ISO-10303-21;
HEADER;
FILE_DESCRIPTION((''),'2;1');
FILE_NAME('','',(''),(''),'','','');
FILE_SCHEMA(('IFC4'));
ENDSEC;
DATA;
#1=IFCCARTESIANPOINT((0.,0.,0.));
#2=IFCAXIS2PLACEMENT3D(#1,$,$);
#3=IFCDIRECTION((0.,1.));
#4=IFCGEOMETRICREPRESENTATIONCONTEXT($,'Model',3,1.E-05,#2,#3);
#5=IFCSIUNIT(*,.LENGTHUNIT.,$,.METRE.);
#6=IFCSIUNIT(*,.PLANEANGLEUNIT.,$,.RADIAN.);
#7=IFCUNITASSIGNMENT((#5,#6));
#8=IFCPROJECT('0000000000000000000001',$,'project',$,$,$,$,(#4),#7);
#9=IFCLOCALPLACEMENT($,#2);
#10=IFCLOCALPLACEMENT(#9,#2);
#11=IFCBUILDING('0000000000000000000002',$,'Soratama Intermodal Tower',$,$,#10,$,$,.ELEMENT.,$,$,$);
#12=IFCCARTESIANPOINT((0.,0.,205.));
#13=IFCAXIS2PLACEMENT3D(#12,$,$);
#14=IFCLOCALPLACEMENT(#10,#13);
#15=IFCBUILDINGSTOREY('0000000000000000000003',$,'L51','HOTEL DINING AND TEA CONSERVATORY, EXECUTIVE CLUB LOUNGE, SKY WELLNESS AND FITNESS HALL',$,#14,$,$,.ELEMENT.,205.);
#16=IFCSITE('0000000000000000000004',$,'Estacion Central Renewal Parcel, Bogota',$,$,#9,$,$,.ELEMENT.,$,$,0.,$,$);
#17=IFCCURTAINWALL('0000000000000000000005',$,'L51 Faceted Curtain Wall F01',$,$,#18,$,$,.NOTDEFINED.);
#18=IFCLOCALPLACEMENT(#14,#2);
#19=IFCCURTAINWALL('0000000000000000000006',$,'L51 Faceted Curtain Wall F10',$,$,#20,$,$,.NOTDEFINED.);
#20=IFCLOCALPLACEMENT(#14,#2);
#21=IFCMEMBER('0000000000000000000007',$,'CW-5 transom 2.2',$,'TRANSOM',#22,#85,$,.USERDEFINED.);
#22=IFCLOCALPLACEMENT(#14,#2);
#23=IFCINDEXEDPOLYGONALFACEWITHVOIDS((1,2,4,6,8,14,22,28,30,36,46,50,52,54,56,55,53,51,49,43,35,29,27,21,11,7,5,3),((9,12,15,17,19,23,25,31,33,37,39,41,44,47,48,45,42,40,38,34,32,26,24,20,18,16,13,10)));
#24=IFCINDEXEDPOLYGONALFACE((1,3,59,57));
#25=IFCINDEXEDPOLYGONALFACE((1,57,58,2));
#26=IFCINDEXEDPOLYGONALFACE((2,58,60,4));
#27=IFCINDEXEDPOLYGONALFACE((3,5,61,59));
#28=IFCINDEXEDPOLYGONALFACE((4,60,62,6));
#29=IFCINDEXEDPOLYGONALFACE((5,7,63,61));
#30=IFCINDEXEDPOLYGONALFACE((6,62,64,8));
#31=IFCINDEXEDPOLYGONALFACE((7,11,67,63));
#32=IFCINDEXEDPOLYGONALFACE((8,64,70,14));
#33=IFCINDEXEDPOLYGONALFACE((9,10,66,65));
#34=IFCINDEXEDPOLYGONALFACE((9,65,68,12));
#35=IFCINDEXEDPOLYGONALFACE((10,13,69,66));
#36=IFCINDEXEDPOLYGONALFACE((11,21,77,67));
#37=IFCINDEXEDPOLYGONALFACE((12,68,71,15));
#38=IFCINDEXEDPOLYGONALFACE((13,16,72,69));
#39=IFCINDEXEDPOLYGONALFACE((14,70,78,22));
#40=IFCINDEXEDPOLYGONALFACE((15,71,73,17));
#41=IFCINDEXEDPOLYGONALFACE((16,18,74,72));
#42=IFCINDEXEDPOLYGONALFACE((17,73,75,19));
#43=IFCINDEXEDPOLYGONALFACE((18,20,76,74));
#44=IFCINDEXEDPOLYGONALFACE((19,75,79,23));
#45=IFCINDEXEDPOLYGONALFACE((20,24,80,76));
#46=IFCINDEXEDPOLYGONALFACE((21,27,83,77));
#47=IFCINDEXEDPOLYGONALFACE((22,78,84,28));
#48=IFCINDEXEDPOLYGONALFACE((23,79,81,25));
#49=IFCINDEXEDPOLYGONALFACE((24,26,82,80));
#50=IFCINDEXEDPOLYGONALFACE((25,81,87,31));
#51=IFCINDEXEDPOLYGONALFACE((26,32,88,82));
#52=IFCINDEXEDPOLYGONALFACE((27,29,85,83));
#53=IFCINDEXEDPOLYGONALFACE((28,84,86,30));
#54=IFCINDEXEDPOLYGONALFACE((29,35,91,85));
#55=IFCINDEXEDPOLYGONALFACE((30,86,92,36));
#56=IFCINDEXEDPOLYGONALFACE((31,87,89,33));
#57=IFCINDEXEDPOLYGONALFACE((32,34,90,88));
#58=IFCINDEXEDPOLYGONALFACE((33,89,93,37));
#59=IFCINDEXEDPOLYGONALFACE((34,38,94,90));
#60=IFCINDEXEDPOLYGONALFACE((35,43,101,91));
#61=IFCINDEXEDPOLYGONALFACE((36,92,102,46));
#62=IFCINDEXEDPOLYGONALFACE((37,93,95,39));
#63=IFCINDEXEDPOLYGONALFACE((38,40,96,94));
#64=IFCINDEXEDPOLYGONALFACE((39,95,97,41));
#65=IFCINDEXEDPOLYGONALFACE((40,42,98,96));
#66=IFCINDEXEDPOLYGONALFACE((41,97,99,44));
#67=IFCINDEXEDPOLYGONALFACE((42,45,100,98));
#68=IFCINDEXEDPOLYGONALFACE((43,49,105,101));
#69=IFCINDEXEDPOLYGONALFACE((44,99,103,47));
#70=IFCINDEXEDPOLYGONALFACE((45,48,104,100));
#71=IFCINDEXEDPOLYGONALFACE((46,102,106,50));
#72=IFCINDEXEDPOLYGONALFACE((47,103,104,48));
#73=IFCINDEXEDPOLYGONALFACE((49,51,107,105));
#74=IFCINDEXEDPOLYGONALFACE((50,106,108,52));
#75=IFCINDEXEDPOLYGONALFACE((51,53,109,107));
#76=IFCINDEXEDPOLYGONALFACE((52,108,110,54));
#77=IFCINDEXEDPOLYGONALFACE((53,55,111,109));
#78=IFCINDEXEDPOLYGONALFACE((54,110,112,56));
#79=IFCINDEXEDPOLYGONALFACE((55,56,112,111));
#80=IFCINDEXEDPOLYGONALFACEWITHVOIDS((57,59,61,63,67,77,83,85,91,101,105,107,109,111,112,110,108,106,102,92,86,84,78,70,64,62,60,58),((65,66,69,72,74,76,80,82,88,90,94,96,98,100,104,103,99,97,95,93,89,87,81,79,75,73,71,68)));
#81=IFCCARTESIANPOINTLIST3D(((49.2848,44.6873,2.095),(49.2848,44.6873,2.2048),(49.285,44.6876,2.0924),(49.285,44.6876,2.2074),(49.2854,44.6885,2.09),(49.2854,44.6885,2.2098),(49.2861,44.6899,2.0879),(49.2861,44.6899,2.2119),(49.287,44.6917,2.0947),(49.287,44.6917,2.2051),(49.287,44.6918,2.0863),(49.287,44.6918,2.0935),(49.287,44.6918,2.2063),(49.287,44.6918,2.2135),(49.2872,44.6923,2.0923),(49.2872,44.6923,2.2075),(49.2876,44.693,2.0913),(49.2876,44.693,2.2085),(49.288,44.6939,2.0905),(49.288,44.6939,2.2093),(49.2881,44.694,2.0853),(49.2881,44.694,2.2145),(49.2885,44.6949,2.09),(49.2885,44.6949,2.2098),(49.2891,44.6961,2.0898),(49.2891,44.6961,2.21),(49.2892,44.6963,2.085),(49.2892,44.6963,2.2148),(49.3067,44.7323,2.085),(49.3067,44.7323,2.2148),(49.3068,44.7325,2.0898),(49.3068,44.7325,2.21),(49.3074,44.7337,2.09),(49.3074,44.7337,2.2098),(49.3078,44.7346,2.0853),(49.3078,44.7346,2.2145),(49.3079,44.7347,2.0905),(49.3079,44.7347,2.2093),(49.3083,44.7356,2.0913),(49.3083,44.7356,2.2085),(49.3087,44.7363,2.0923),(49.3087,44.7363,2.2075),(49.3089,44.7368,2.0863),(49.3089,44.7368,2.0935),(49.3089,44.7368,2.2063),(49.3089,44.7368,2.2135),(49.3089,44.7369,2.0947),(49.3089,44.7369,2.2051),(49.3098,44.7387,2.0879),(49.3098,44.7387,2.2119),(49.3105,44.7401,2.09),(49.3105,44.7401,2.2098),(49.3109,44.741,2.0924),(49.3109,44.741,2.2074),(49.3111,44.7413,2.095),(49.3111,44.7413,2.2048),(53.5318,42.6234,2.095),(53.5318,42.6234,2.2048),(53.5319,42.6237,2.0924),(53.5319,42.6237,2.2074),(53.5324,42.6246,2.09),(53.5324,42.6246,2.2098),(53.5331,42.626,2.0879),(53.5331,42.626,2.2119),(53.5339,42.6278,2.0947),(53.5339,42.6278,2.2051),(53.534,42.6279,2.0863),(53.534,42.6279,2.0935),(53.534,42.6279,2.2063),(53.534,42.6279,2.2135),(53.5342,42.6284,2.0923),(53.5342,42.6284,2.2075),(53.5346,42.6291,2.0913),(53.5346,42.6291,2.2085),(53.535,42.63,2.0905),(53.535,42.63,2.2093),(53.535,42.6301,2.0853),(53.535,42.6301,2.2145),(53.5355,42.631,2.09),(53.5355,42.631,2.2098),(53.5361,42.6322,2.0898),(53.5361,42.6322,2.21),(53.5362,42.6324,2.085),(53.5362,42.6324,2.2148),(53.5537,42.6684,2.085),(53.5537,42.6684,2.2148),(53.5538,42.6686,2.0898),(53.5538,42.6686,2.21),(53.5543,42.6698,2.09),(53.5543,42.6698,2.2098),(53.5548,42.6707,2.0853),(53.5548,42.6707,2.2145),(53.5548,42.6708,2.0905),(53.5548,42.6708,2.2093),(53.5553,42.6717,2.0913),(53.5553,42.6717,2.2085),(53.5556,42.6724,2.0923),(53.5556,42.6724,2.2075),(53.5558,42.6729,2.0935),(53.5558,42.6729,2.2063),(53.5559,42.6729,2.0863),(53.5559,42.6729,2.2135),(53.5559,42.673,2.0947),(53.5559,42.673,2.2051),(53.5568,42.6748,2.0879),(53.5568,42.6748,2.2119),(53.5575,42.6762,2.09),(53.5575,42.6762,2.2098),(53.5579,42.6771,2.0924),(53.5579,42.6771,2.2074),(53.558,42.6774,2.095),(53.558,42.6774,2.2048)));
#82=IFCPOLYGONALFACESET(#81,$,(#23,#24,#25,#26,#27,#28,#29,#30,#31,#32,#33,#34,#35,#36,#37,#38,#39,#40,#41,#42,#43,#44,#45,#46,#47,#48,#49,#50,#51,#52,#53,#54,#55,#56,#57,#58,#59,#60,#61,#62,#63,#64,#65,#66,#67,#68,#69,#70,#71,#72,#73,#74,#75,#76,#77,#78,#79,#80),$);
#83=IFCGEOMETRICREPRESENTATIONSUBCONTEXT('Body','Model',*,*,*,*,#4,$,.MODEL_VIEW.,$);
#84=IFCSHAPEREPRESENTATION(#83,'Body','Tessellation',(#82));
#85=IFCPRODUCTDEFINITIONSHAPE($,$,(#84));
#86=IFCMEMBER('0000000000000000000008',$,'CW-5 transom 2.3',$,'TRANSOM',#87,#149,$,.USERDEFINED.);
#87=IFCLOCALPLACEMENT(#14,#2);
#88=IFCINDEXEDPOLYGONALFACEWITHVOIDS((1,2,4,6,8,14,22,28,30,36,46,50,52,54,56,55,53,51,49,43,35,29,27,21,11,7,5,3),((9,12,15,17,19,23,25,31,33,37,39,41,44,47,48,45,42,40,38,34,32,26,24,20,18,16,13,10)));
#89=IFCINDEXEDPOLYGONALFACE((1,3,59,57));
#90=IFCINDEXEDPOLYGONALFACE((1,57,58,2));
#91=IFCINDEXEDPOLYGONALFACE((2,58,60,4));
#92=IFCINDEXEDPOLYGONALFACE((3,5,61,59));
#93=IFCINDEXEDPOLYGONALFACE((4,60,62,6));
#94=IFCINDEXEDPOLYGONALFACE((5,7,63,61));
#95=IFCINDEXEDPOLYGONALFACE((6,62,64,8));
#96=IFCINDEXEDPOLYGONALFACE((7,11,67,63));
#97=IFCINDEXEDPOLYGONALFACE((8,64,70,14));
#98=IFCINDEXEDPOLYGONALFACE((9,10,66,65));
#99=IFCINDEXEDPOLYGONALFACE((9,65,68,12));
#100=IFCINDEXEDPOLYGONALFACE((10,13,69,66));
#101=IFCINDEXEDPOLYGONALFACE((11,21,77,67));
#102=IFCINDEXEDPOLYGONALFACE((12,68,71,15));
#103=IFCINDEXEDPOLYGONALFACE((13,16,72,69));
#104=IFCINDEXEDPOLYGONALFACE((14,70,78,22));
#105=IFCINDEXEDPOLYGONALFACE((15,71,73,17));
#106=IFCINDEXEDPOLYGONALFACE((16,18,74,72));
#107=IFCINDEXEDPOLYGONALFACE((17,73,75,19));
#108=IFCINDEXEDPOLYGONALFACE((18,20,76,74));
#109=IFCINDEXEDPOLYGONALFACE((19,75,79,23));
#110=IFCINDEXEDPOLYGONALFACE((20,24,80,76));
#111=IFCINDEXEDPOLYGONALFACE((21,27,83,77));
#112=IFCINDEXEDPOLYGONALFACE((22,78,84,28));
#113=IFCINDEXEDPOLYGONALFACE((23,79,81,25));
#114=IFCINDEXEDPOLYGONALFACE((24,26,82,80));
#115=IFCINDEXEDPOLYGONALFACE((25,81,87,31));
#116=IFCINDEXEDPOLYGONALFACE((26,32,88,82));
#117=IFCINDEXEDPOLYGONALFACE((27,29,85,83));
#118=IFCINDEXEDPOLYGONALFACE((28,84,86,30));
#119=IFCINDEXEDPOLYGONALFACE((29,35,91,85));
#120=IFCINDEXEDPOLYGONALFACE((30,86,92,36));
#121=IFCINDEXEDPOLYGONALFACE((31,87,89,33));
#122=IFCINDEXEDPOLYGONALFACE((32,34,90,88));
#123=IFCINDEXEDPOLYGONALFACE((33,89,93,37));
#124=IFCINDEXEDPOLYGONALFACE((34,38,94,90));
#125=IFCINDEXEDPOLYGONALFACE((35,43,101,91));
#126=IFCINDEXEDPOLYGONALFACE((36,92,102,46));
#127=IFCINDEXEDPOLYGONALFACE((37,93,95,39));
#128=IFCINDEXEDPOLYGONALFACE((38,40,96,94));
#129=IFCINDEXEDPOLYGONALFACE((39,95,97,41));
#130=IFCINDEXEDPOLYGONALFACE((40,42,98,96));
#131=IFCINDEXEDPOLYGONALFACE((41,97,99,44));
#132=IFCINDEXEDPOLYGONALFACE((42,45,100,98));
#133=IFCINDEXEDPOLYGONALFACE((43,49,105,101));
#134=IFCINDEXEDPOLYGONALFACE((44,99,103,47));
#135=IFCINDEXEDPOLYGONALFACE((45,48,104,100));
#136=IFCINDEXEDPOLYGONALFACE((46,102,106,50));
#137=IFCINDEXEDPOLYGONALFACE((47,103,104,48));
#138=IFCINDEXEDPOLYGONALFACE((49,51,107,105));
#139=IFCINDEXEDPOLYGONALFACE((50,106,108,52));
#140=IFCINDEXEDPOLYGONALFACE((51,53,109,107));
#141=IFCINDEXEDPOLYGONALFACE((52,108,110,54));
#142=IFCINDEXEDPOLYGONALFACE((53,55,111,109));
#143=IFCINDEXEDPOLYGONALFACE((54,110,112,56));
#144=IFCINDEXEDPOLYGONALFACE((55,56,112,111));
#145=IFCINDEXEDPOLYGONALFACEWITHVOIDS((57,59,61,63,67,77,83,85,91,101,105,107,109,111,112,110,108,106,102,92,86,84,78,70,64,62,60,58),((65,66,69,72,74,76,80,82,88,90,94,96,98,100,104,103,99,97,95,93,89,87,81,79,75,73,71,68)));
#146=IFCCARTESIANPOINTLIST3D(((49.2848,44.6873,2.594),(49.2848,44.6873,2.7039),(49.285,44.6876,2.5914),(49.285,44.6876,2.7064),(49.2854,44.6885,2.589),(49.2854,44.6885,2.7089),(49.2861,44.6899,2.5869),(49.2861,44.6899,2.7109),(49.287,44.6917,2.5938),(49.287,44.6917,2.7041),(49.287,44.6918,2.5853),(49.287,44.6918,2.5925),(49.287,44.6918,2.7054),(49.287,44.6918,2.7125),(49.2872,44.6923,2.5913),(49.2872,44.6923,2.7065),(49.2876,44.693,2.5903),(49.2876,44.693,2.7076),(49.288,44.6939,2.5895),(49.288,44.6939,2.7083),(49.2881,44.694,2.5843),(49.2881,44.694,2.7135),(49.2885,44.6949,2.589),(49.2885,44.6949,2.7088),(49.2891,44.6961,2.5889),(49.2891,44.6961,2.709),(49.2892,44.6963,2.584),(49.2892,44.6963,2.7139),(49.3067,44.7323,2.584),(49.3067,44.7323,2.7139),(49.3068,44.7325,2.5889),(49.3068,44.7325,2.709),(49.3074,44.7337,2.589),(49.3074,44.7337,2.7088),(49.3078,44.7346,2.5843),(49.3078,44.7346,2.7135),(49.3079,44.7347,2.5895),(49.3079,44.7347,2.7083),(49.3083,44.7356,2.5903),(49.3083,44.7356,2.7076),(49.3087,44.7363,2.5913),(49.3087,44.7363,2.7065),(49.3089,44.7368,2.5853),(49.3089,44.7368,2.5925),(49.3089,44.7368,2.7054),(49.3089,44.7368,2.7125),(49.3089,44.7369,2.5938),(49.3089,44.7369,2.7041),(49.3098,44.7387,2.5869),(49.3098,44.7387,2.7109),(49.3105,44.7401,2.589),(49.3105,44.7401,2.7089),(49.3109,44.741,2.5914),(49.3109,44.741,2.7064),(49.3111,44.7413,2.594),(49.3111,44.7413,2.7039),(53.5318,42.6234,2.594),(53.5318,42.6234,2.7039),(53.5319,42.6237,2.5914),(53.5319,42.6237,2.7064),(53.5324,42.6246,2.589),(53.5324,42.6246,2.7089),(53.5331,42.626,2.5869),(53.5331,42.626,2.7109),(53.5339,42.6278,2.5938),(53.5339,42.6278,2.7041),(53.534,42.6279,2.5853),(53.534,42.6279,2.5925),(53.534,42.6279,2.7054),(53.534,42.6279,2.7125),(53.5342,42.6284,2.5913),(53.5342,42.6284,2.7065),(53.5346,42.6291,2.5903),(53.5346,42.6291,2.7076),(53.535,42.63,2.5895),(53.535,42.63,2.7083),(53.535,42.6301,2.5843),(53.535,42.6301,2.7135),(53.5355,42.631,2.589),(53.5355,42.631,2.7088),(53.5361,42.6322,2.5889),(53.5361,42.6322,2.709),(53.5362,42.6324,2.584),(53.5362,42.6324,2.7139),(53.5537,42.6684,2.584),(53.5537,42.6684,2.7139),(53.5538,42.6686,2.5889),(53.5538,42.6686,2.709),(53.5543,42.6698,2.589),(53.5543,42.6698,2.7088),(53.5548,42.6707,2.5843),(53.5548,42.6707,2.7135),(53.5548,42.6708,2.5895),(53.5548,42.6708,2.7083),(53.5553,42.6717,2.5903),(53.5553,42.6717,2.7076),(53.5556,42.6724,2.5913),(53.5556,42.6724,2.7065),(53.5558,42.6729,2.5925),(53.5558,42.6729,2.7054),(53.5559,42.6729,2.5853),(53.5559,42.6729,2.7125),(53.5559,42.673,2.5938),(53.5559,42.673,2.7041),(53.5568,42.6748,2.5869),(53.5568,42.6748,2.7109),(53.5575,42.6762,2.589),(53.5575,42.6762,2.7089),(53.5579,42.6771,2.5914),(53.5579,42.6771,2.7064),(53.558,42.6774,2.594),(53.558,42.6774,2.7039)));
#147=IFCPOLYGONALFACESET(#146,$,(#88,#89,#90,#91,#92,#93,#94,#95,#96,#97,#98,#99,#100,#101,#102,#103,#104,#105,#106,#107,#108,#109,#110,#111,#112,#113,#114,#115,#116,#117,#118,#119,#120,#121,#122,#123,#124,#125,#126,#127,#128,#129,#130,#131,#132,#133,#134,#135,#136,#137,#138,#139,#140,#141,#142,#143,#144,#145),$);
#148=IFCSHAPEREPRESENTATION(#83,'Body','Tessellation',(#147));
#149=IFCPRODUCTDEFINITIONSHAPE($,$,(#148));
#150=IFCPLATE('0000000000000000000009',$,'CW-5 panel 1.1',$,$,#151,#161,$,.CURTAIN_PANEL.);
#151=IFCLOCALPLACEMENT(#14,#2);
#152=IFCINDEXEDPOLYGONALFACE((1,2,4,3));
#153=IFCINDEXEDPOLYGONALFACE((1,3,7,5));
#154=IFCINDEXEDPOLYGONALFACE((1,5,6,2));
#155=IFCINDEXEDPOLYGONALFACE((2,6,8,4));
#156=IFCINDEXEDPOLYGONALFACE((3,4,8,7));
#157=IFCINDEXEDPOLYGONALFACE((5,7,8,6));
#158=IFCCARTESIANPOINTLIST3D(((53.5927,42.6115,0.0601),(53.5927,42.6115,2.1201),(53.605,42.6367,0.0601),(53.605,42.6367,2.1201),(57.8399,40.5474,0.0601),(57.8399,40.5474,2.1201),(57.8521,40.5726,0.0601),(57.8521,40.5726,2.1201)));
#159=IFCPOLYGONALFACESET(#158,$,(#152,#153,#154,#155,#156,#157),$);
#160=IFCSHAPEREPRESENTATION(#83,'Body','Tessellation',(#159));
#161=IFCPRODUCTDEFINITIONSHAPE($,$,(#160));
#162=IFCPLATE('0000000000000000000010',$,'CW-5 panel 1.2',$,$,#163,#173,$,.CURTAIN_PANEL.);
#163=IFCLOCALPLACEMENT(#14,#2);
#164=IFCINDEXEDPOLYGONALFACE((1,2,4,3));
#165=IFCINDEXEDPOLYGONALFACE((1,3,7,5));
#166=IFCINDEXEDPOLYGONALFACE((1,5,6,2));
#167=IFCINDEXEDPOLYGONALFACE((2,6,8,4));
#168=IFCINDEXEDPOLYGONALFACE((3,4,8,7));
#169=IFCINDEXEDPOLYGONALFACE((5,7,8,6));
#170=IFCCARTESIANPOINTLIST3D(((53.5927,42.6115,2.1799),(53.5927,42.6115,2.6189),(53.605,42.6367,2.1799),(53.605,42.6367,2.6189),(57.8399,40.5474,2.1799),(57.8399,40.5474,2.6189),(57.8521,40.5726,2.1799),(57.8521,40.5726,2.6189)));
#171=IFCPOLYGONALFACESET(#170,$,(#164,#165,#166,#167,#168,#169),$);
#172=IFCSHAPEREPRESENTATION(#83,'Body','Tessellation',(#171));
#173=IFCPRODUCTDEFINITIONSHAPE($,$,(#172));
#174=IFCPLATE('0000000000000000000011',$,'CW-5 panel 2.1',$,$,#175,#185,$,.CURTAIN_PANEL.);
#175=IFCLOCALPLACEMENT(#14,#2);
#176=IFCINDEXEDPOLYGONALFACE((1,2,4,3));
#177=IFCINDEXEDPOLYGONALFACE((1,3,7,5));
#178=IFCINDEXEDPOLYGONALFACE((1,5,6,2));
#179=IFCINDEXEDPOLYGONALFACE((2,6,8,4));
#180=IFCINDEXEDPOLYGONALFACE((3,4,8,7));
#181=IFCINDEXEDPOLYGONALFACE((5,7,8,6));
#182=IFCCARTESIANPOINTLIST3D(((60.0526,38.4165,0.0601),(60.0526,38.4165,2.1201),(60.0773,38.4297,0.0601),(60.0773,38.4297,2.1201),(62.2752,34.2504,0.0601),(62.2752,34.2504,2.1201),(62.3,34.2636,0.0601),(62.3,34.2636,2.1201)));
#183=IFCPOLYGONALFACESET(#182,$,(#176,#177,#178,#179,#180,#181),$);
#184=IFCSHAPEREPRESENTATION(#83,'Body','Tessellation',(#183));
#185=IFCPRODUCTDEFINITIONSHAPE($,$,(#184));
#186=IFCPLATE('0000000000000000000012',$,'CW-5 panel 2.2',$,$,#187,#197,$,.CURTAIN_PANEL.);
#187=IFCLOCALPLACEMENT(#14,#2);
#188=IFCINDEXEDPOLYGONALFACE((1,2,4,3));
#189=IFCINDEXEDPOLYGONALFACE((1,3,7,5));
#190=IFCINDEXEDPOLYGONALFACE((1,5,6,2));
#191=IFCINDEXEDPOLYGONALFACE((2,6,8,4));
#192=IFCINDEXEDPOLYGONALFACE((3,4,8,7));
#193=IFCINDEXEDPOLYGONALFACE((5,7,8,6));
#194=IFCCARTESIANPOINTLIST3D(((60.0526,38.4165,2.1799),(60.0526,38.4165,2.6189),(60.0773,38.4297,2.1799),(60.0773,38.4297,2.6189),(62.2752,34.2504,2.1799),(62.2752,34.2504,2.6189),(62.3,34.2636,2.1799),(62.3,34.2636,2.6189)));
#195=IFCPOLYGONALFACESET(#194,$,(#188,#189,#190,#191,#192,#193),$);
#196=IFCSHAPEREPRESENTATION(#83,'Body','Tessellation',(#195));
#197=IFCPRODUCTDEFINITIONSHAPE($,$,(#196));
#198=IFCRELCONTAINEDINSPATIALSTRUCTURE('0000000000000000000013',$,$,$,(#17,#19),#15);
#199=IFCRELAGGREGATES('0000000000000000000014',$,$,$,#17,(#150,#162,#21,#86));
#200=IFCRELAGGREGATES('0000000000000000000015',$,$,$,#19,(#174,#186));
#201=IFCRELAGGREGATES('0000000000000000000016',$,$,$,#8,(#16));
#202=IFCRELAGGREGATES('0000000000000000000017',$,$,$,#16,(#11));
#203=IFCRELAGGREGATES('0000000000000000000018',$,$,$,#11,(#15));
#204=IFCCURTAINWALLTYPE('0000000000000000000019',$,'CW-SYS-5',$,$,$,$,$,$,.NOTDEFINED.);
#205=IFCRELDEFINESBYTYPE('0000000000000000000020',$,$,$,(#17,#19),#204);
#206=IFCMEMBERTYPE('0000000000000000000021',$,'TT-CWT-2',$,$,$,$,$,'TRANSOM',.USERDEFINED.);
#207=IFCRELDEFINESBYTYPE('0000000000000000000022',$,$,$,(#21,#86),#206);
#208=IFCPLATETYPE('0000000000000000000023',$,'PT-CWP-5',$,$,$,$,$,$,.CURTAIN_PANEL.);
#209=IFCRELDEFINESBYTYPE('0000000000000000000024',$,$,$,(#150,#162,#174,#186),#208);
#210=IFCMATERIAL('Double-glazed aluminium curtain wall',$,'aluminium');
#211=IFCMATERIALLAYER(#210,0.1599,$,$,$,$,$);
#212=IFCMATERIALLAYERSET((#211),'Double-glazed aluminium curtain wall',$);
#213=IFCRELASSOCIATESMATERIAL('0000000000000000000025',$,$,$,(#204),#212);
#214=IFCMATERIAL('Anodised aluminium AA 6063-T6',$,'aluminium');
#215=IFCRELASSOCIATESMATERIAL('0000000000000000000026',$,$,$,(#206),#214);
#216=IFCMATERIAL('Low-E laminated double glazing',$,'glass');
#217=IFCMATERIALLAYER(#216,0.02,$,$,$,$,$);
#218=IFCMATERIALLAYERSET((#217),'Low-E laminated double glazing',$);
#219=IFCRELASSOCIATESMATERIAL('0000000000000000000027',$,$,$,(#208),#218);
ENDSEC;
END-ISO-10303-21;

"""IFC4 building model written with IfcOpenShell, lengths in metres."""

from ifc_helpers import new_model, si_unit, direction, frame, origin, origin_2d, place, context, subcontext, project, spatial, rectangle, hollow_rectangle, extrude, material, layer, layer_set, material_profile, profile_set, type_object, element, aggregate, save


model = new_model("IFC4")

# Units and contexts
model_context = context("Model", 3, precision=1e-05, world=origin(), true_north=direction((0.0, 1.0)))
body_context = subcontext(model_context, "Body", "Model", "MODEL_VIEW")
ifc_project = project(units=[si_unit("LENGTHUNIT", "METRE"), si_unit("PLANEANGLEUNIT", "RADIAN")], contexts=[model_context])

# Site, building, storey
site_placement = place(None, origin())
site = spatial("IfcSite", under=ifc_project, at=site_placement, Name="Estacion Central Renewal Parcel, Bogota", CompositionType="ELEMENT", RefElevation=0.0)
building_placement = place(site_placement, origin())
building = spatial("IfcBuilding", under=site, at=building_placement, Name="Soratama Intermodal Tower", CompositionType="ELEMENT")
storey_placement = place(building_placement, frame((0.0, 0.0, 205.0)))
storey = spatial("IfcBuildingStorey", under=building, at=storey_placement, Name="L51", Description="HOTEL DINING AND TEA CONSERVATORY, EXECUTIVE CLUB LOUNGE, SKY WELLNESS AND FITNESS HALL", CompositionType="ELEMENT", Elevation=205.0)

# Curtain wall
ifc_material_1 = material(Name="Double-glazed aluminium curtain wall", Category="aluminium")
ifc_layer_1 = layer(ifc_material_1, 0.1599)
ifc_layer_set_1 = layer_set([ifc_layer_1], Name="Double-glazed aluminium curtain wall")
curtain_wall_type = type_object("IfcCurtainWallType", Name="CW-SYS-5", PredefinedType="NOTDEFINED", material=ifc_layer_set_1)
curtain_wall_1_placement = place(storey_placement, origin())
curtain_wall_1 = element("IfcCurtainWall", 1, at=curtain_wall_1_placement, inside=storey, type_object=curtain_wall_type, Name="L51 Faceted Curtain Wall F01", PredefinedType="NOTDEFINED")

# Curtain wall
curtain_wall_2_placement = place(storey_placement, origin())
curtain_wall_2 = element("IfcCurtainWall", 2, at=curtain_wall_2_placement, inside=storey, type_object=curtain_wall_type, Name="L51 Faceted Curtain Wall F10", PredefinedType="NOTDEFINED")

# Members
ifc_material_2 = material(Name="Anodised aluminium AA 6063-T6", Category="aluminium")
ifc_material_profile_1 = material_profile(ifc_material_2, hollow_rectangle(XDim=0.0601, YDim=0.1299, WallThickness=0.0049, InnerFilletRadius=0.0049, OuterFilletRadius=0.01, at=origin_2d()), Name="CWT130X60X5")
ifc_profile_set_1 = profile_set([ifc_material_profile_1], Name="Anodised aluminium AA 6063-T6")
member_type_1 = type_object("IfcMemberType", Name="TT-CWT-2", ElementType="TRANSOM", PredefinedType="USERDEFINED", material=ifc_profile_set_1)
member_1_placement = place(storey_placement, frame((53.5449, 42.6504, 2.1499), z_axis=(-0.899416, 0.437093, 0.0), x_axis=(-0.437093, -0.899416, 0.0)))
member_1 = element("IfcMember", 3, at=member_1_placement, type_object=member_type_1, Name="CW-5 transom 2.2", ObjectType="TRANSOM", PredefinedType="USERDEFINED", context=body_context, shape_type="SweptSolid", body=[
    extrude(hollow_rectangle(XDim=0.0601, YDim=0.1299, WallThickness=0.0049, InnerFilletRadius=0.0049, OuterFilletRadius=0.01, at=origin_2d()), origin(), (0.0, 0.0, 1.0), 4.7219),
])
member_2_placement = place(storey_placement, frame((53.5449, 42.6504, 2.6489), z_axis=(-0.899416, 0.437093, 0.0), x_axis=(-0.437093, -0.899416, 0.0)))
member_2 = element("IfcMember", 4, at=member_2_placement, type_object=member_type_1, Name="CW-5 transom 2.3", ObjectType="TRANSOM", PredefinedType="USERDEFINED", context=body_context, shape_type="SweptSolid", body=[
    extrude(hollow_rectangle(XDim=0.0601, YDim=0.1299, WallThickness=0.0049, InnerFilletRadius=0.0049, OuterFilletRadius=0.01, at=origin_2d()), origin(), (0.0, 0.0, 1.0), 4.7219),
])

# Plates
ifc_material_3 = material(Name="Low-E laminated double glazing", Category="glass")
ifc_layer_2 = layer(ifc_material_3, 0.02)
ifc_layer_set_2 = layer_set([ifc_layer_2], Name="Low-E laminated double glazing")
plate_type = type_object("IfcPlateType", Name="PT-CWP-5", PredefinedType="CURTAIN_PANEL", material=ifc_layer_set_2)
plate_1_placement = place(storey_placement, frame((55.7224, 41.592, 0.0601), z_axis=(0.0, 0.0, 1.0), x_axis=(-0.899408, 0.437111, 0.0)))
plate_1 = element("IfcPlate", 5, at=plate_1_placement, type_object=plate_type, Name="CW-5 panel 1.1", PredefinedType="CURTAIN_PANEL", context=body_context, shape_type="SweptSolid", body=[
    extrude(rectangle(XDim=4.7222, YDim=0.0281, at=origin_2d()), origin(), (0.0, 0.0, 1.0), 2.0601),
])
plate_2_placement = place(storey_placement, frame((55.7224, 41.592, 2.1799), z_axis=(0.0, 0.0, 1.0), x_axis=(-0.899408, 0.437111, 0.0)))
plate_2 = element("IfcPlate", 6, at=plate_2_placement, type_object=plate_type, Name="CW-5 panel 1.2", PredefinedType="CURTAIN_PANEL", context=body_context, shape_type="SweptSolid", body=[
    extrude(rectangle(XDim=4.7222, YDim=0.0281, at=origin_2d()), origin(), (0.0, 0.0, 1.0), 0.439),
])
aggregate(curtain_wall_1, [plate_1, plate_2, member_1, member_2])
plate_3_placement = place(storey_placement, frame((61.1763, 36.3401, 0.0601), z_axis=(0.0, 0.0, 1.0), x_axis=(-0.470706, 0.88229, 0.0)))
plate_3 = element("IfcPlate", 7, at=plate_3_placement, type_object=plate_type, Name="CW-5 panel 2.1", PredefinedType="CURTAIN_PANEL", context=body_context, shape_type="SweptSolid", body=[
    extrude(rectangle(XDim=4.7219, YDim=0.0281, at=origin_2d()), origin(), (0.0, 0.0, 1.0), 2.0601),
])
plate_4_placement = place(storey_placement, frame((61.1763, 36.3401, 2.1799), z_axis=(0.0, 0.0, 1.0), x_axis=(-0.470706, 0.88229, 0.0)))
plate_4 = element("IfcPlate", 8, at=plate_4_placement, type_object=plate_type, Name="CW-5 panel 2.2", PredefinedType="CURTAIN_PANEL", context=body_context, shape_type="SweptSolid", body=[
    extrude(rectangle(XDim=4.7219, YDim=0.0281, at=origin_2d()), origin(), (0.0, 0.0, 1.0), 0.439),
])
aggregate(curtain_wall_2, [plate_3, plate_4])

save(model, "model.ifc")
